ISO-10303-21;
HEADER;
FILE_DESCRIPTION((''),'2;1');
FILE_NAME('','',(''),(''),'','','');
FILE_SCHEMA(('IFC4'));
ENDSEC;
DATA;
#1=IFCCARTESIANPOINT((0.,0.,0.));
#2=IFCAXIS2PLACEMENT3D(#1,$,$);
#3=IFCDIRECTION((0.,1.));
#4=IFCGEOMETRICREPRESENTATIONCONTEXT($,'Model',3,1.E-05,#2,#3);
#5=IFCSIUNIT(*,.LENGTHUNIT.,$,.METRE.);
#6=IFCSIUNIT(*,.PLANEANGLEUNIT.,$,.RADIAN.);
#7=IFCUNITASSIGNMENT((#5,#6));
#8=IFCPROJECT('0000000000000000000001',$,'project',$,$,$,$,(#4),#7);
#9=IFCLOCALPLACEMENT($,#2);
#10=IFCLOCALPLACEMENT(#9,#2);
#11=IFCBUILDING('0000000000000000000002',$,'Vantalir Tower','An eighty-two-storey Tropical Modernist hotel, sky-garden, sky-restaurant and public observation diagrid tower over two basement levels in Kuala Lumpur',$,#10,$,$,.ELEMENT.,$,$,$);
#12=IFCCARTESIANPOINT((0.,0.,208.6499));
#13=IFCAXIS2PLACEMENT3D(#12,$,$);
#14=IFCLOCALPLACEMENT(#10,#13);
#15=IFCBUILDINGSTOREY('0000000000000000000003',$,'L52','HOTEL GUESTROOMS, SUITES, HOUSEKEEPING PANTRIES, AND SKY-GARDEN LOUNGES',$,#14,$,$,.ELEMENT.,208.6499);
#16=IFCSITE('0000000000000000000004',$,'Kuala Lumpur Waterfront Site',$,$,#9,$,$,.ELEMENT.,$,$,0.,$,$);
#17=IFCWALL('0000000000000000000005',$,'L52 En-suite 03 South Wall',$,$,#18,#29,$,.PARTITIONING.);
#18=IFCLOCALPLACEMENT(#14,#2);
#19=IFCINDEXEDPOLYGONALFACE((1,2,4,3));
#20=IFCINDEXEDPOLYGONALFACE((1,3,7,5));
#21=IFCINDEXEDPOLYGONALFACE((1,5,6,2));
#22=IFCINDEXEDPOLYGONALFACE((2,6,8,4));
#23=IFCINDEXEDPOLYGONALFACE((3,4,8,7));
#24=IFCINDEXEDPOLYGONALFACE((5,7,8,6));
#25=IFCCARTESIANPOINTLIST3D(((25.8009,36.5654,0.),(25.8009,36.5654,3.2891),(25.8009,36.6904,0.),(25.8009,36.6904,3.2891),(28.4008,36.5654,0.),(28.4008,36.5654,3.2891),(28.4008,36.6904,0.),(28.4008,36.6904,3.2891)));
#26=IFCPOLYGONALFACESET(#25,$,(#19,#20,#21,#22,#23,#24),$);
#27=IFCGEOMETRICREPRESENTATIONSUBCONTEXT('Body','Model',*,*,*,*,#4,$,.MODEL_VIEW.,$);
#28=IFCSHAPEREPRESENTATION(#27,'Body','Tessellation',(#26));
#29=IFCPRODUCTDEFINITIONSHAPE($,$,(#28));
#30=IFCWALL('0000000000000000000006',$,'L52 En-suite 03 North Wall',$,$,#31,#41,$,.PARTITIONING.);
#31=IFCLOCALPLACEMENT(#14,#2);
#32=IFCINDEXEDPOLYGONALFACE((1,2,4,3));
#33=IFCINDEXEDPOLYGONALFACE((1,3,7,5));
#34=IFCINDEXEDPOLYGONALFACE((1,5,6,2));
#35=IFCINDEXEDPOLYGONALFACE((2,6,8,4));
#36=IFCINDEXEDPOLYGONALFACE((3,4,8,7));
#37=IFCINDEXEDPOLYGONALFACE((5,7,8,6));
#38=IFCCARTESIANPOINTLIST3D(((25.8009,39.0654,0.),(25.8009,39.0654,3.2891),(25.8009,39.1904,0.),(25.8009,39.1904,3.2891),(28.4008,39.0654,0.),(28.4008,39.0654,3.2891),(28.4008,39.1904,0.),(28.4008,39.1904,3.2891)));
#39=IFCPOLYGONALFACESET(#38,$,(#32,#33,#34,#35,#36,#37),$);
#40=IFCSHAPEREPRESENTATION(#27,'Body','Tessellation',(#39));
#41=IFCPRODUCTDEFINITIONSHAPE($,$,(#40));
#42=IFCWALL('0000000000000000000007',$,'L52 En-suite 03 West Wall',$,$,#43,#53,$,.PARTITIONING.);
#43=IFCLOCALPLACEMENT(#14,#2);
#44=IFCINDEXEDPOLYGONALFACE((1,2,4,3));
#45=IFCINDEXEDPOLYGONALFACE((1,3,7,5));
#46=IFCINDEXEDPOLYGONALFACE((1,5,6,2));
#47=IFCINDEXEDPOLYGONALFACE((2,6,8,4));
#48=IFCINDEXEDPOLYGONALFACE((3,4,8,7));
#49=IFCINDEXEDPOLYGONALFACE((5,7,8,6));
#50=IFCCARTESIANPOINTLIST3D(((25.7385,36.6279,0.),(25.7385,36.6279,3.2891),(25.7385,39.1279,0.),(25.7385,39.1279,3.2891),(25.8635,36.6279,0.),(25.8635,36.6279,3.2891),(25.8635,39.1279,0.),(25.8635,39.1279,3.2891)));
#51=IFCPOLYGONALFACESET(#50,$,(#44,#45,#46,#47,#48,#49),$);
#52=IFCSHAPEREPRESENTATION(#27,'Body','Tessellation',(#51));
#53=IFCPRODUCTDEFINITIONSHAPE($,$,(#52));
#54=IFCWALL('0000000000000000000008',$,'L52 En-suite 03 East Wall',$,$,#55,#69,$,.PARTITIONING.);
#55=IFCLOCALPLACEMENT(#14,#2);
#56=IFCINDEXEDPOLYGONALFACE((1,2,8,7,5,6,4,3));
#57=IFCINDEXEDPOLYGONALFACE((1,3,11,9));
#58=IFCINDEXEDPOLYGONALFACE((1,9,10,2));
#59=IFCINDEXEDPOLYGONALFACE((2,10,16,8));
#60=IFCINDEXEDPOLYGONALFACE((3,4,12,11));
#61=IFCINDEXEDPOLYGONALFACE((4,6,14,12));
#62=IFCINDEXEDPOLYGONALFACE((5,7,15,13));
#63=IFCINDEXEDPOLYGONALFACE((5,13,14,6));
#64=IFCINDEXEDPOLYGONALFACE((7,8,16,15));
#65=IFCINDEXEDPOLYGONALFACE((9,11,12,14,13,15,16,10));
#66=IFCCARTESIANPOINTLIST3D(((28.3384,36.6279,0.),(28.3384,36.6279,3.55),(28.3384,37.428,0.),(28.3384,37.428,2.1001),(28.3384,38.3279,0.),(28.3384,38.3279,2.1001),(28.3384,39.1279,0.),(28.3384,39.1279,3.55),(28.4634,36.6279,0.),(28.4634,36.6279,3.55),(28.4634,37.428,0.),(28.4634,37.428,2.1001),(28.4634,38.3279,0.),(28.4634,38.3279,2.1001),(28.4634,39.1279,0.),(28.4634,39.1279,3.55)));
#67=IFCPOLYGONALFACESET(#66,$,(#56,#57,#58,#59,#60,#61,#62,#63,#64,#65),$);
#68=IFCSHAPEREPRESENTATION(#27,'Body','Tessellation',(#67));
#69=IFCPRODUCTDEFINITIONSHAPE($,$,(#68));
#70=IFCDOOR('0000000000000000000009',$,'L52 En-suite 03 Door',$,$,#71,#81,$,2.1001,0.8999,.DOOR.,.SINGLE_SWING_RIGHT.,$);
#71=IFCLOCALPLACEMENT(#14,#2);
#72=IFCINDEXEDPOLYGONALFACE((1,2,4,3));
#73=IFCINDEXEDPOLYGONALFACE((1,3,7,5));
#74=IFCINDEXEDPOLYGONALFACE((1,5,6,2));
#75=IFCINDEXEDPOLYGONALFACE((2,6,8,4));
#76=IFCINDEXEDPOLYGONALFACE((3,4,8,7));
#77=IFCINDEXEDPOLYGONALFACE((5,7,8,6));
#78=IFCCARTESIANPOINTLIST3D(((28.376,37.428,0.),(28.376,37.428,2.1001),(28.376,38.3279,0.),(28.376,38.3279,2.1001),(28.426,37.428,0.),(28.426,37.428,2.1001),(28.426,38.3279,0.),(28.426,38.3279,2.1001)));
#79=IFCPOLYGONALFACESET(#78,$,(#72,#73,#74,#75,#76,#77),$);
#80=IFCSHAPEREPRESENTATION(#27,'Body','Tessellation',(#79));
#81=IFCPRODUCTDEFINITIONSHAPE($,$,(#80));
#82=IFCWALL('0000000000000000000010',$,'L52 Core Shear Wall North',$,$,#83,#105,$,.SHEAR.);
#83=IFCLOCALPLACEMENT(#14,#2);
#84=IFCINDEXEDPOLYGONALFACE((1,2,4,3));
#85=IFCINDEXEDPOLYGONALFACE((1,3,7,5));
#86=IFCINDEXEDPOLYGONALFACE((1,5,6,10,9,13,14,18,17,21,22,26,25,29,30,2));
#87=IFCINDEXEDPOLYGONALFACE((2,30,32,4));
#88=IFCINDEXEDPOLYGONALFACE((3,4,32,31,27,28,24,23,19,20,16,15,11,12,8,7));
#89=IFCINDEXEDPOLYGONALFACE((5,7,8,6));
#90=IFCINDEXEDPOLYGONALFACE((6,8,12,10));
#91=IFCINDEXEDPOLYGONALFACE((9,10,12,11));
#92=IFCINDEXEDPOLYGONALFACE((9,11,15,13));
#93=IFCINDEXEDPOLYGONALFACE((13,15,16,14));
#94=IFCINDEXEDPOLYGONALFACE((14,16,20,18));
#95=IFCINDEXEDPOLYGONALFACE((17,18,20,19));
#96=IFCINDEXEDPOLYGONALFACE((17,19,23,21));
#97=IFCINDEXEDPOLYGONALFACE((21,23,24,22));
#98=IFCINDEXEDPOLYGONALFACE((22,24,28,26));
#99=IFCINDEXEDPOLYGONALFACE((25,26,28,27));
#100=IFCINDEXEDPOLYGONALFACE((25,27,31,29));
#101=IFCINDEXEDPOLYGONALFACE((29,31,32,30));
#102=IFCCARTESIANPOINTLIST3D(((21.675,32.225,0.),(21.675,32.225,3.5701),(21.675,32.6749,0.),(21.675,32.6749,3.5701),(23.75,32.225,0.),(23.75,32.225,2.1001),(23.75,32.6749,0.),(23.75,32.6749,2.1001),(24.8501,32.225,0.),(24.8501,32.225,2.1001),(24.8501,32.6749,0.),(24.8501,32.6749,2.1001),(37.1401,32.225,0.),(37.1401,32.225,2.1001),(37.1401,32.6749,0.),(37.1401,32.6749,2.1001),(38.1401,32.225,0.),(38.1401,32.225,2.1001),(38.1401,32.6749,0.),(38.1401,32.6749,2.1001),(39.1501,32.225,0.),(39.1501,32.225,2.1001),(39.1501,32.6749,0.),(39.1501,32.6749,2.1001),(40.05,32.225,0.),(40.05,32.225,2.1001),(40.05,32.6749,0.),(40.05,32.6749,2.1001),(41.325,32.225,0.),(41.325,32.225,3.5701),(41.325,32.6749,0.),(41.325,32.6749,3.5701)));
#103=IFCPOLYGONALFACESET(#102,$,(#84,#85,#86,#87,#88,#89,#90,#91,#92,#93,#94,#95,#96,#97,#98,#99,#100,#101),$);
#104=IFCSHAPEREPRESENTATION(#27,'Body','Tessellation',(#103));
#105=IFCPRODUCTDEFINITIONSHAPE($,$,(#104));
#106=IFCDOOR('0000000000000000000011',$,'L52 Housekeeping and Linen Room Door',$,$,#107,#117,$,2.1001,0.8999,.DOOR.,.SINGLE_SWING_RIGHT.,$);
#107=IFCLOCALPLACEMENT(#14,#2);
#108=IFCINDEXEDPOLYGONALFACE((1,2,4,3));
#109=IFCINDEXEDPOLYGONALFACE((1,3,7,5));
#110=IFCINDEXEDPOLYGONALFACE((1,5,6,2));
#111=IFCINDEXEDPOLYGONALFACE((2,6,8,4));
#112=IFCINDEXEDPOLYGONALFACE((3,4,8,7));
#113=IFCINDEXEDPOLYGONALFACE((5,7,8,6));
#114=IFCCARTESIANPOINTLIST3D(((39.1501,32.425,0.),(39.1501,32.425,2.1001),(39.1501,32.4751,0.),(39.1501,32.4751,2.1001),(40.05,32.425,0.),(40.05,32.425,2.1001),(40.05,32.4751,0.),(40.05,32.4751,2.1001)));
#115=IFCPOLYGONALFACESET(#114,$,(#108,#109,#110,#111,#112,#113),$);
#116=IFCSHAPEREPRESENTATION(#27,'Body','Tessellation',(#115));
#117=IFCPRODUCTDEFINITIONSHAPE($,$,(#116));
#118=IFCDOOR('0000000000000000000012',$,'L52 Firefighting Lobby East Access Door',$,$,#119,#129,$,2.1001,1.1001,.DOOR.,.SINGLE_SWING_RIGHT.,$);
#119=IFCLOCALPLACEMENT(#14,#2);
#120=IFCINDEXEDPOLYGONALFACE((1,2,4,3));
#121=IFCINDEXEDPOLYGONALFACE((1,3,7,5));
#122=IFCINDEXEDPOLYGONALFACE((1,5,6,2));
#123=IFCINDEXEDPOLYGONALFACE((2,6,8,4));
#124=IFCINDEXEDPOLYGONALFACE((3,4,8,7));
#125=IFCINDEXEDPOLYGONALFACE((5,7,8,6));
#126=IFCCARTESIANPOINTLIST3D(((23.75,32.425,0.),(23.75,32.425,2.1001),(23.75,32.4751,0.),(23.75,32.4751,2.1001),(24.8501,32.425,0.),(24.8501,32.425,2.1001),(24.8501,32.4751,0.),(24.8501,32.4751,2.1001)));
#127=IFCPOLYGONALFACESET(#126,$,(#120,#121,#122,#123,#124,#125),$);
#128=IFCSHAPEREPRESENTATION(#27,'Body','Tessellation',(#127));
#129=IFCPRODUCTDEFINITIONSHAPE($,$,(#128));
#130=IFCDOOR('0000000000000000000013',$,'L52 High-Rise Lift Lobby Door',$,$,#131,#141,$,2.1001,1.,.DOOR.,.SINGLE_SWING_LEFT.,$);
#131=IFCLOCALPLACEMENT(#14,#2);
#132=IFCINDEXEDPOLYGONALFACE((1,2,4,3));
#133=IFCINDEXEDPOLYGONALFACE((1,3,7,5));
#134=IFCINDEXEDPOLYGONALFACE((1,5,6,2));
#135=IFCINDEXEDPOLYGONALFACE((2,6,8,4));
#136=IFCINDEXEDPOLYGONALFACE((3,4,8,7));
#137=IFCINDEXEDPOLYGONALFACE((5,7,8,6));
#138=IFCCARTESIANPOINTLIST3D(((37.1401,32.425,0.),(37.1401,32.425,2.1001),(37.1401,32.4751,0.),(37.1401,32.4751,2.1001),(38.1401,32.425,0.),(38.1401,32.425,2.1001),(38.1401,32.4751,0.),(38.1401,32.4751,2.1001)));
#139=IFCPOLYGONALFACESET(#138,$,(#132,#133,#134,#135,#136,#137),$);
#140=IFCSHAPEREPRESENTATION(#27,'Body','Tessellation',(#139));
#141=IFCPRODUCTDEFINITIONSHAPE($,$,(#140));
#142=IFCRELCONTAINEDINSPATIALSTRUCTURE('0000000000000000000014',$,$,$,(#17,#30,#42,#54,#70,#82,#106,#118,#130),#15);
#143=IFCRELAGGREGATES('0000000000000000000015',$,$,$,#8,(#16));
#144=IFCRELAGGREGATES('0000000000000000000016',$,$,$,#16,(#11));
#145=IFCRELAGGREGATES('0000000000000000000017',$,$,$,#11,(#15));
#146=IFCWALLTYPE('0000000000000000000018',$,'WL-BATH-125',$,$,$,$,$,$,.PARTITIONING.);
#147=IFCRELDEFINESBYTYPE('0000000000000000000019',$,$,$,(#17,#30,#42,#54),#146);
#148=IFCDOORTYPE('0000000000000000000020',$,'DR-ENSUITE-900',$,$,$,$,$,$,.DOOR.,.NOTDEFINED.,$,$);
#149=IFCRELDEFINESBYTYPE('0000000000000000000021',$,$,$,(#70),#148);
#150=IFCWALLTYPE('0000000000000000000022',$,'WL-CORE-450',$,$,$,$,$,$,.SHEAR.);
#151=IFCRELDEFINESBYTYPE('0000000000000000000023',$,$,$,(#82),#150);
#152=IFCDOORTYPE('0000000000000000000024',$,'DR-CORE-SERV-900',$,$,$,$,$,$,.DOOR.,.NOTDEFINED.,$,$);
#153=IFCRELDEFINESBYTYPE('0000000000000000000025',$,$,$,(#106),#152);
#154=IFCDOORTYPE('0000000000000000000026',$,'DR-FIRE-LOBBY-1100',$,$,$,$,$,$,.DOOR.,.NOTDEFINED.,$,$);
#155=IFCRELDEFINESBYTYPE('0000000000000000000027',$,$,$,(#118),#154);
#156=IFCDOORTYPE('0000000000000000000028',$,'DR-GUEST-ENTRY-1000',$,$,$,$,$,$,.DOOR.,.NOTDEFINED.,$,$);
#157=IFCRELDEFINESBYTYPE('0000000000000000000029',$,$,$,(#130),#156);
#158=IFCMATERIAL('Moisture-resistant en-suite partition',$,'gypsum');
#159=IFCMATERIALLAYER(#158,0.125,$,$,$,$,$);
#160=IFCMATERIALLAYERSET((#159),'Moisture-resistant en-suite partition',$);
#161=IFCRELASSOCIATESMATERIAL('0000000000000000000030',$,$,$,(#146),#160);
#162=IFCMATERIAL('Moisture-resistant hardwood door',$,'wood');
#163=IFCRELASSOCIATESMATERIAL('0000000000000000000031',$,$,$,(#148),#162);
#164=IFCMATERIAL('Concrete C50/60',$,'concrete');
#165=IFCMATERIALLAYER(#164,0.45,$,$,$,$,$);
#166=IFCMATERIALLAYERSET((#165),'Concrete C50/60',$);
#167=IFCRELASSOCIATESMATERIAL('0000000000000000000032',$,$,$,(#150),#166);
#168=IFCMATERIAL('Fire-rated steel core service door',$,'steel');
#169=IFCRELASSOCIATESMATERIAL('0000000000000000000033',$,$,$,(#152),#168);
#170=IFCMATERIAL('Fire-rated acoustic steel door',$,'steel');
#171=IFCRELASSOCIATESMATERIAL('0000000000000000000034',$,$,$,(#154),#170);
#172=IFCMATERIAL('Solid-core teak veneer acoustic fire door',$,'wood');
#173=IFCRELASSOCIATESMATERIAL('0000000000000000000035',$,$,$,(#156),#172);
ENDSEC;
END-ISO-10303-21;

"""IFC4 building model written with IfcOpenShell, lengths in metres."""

from ifc_helpers import new_model, si_unit, direction, frame, frame_2d, origin, place, context, subcontext, project, spatial, rectangle, extrude, material, layer, layer_set, type_object, element, fill, save


model = new_model("IFC4")

# Units and contexts
model_context = context("Model", 3, precision=1e-05, world=origin(), true_north=direction((0.0, 1.0)))
body_context = subcontext(model_context, "Body", "Model", "MODEL_VIEW")
ifc_project = project(units=[si_unit("LENGTHUNIT", "METRE"), si_unit("PLANEANGLEUNIT", "RADIAN")], contexts=[model_context])

# Site, building, storey
site_placement = place(None, origin())
site = spatial("IfcSite", under=ifc_project, at=site_placement, Name="Kuala Lumpur Waterfront Site", CompositionType="ELEMENT", RefElevation=0.0)
building_placement = place(site_placement, origin())
building = spatial("IfcBuilding", under=site, at=building_placement, Name="Vantalir Tower", Description="An eighty-two-storey Tropical Modernist hotel, sky-garden, sky-restaurant and public observation diagrid tower over two basement levels in Kuala Lumpur", CompositionType="ELEMENT")
storey_placement = place(building_placement, frame((0.0, 0.0, 208.6499)))
storey = spatial("IfcBuildingStorey", under=building, at=storey_placement, Name="L52", Description="HOTEL GUESTROOMS, SUITES, HOUSEKEEPING PANTRIES, AND SKY-GARDEN LOUNGES", CompositionType="ELEMENT", Elevation=208.6499)

# Shared definitions
ifc_material_1 = material(Name="Concrete C50/60", Category="concrete")

# Walls
ifc_material_2 = material(Name="Moisture-resistant en-suite partition", Category="gypsum")
ifc_layer_1 = layer(ifc_material_2, 0.125)
ifc_layer_set_1 = layer_set([ifc_layer_1], Name="Moisture-resistant en-suite partition")
wall_type_1 = type_object("IfcWallType", Name="WL-BATH-125", PredefinedType="PARTITIONING", material=ifc_layer_set_1)
for number, where, z_axis, x_axis, name in (
    (1, (25.801, 36.6279, 0.0), (0.0, 0.0, 1.0), (1.0, 0.0, 0.0), "L52 En-suite 03 South Wall"),
    (2, (25.801, 39.1279, 0.0), (0.0, 0.0, 1.0), (1.0, 0.0, 0.0), "L52 En-suite 03 North Wall"),
):
    element("IfcWall", number, at=place(storey_placement, frame(where, z_axis=z_axis, x_axis=x_axis)), inside=storey, type_object=wall_type_1, Name=name, PredefinedType="PARTITIONING", context=body_context, shape_type="SweptSolid", body=[
        extrude(rectangle(XDim=2.5999, YDim=0.125, at=frame_2d((1.2998, 0.0))), origin(), (0.0, 0.0, 1.0), 3.2891),
    ])
wall_1_placement = place(storey_placement, frame((25.801, 36.6279, 0.0), z_axis=(0.0, 0.0, 1.0), x_axis=(0.0, 1.0, 0.0)))
element("IfcWall", 3, at=wall_1_placement, inside=storey, type_object=wall_type_1, Name="L52 En-suite 03 West Wall", PredefinedType="PARTITIONING", context=body_context, shape_type="SweptSolid", body=[
    extrude(rectangle(XDim=2.5, YDim=0.125, at=frame_2d((1.25, 0.0))), origin(), (0.0, 0.0, 1.0), 3.2891),
])

# Wall, opening, door
wall_2_placement = place(storey_placement, frame((28.4009, 36.6279, 0.0), z_axis=(0.0, 0.0, 1.0), x_axis=(0.0, 1.0, 0.0)))
wall_2 = element("IfcWall", 4, at=wall_2_placement, inside=storey, type_object=wall_type_1, Name="L52 En-suite 03 East Wall", PredefinedType="PARTITIONING", context=body_context, shape_type="SweptSolid", body=[
    extrude(rectangle(XDim=2.5, YDim=0.125, at=frame_2d((1.25, 0.0))), origin(), (0.0, 0.0, 1.0), 3.55),
])
opening_1_placement = place(wall_2_placement, frame((0.8, 0.0, 0.0)))
opening_1 = element("IfcOpeningElement", 5, at=opening_1_placement, cuts=wall_2, PredefinedType="OPENING", context=body_context, shape_type="SweptSolid", body=[
    extrude(rectangle(XDim=0.8999, YDim=2.1001, at=frame_2d((0.45, 1.05))), frame((0.0, 0.0725, 0.0), z_axis=(0.0, -1.0, 0.0), x_axis=(1.0, 0.0, 0.0)), (0.0, 0.0, 1.0), 0.145),
])
ifc_material_3 = material(Name="Moisture-resistant hardwood door", Category="wood")
door_type_1 = type_object("IfcDoorType", Name="DR-ENSUITE-900", OperationType="NOTDEFINED", PredefinedType="DOOR", material=ifc_material_3)
door_1_placement = place(opening_1_placement, origin())
door_1 = element("IfcDoor", 6, at=door_1_placement, inside=storey, type_object=door_type_1, Name="L52 En-suite 03 Door", OperationType="SINGLE_SWING_RIGHT", OverallHeight=2.1001, OverallWidth=0.8999, PredefinedType="DOOR", context=body_context, shape_type="SweptSolid", body=[
    extrude(rectangle(XDim=0.8999, YDim=2.1001, at=frame_2d((0.45, 1.05))), frame((0.0, 0.0249, 0.0), z_axis=(0.0, -1.0, 0.0), x_axis=(1.0, 0.0, 0.0)), (0.0, 0.0, 1.0), 0.05),
])
fill(opening_1, door_1)

# Wall, openings, doors
ifc_layer_2 = layer(ifc_material_1, 0.45)
ifc_layer_set_2 = layer_set([ifc_layer_2], Name="Concrete C50/60")
wall_type_2 = type_object("IfcWallType", Name="WL-CORE-450", PredefinedType="SHEAR", material=ifc_layer_set_2)
wall_3_placement = place(storey_placement, frame((21.675, 32.45, 0.0), z_axis=(0.0, 0.0, 1.0), x_axis=(1.0, 0.0, 0.0)))
wall_3 = element("IfcWall", 7, at=wall_3_placement, inside=storey, type_object=wall_type_2, Name="L52 Core Shear Wall North", PredefinedType="SHEAR", context=body_context, shape_type="SweptSolid", body=[
    extrude(rectangle(XDim=19.6499, YDim=0.45, at=frame_2d((9.825, 0.0))), origin(), (0.0, 0.0, 1.0), 3.5701),
])
opening_2_placement = place(wall_3_placement, frame((2.075, 0.0, 0.0)))
opening_2 = element("IfcOpeningElement", 8, at=opening_2_placement, cuts=wall_3, PredefinedType="OPENING", context=body_context, shape_type="SweptSolid", body=[
    extrude(rectangle(XDim=1.1001, YDim=2.1001, at=frame_2d((0.55, 1.05))), frame((0.0, 0.2349, 0.0), z_axis=(0.0, -1.0, 0.0), x_axis=(1.0, 0.0, 0.0)), (0.0, 0.0, 1.0), 0.47),
])
opening_3_placement = place(wall_3_placement, frame((15.4651, 0.0, 0.0)))
opening_3 = element("IfcOpeningElement", 9, at=opening_3_placement, cuts=wall_3, PredefinedType="OPENING", context=body_context, shape_type="SweptSolid", body=[
    extrude(rectangle(XDim=1.0, YDim=2.1001, at=frame_2d((0.5, 1.05))), frame((0.0, 0.2349, 0.0), z_axis=(0.0, -1.0, 0.0), x_axis=(1.0, 0.0, 0.0)), (0.0, 0.0, 1.0), 0.47),
])
opening_4_placement = place(wall_3_placement, frame((17.4751, 0.0, 0.0)))
opening_4 = element("IfcOpeningElement", 10, at=opening_4_placement, cuts=wall_3, PredefinedType="OPENING", context=body_context, shape_type="SweptSolid", body=[
    extrude(rectangle(XDim=0.8999, YDim=2.1001, at=frame_2d((0.45, 1.05))), frame((0.0, 0.2349, 0.0), z_axis=(0.0, -1.0, 0.0), x_axis=(1.0, 0.0, 0.0)), (0.0, 0.0, 1.0), 0.47),
])
ifc_material_4 = material(Name="Fire-rated steel core service door", Category="steel")
door_type_2 = type_object("IfcDoorType", Name="DR-CORE-SERV-900", OperationType="NOTDEFINED", PredefinedType="DOOR", material=ifc_material_4)
door_2_placement = place(opening_4_placement, frame((0.8999, 0.0, 0.0), z_axis=(0.0, 0.0, 1.0), x_axis=(-1.0, 0.0, 0.0)))
door_2 = element("IfcDoor", 11, at=door_2_placement, inside=storey, type_object=door_type_2, Name="L52 Housekeeping and Linen Room Door", OperationType="SINGLE_SWING_RIGHT", OverallHeight=2.1001, OverallWidth=0.8999, PredefinedType="DOOR", context=body_context, shape_type="SweptSolid", body=[
    extrude(rectangle(XDim=0.8999, YDim=2.1001, at=frame_2d((0.45, 1.05))), frame((0.0, 0.0249, 0.0), z_axis=(0.0, -1.0, 0.0), x_axis=(1.0, 0.0, 0.0)), (0.0, 0.0, 1.0), 0.05),
])
fill(opening_4, door_2)
ifc_material_5 = material(Name="Fire-rated acoustic steel door", Category="steel")
door_type_3 = type_object("IfcDoorType", Name="DR-FIRE-LOBBY-1100", OperationType="NOTDEFINED", PredefinedType="DOOR", material=ifc_material_5)
door_3_placement = place(opening_2_placement, frame((1.1001, 0.0, 0.0), z_axis=(0.0, 0.0, 1.0), x_axis=(-1.0, 0.0, 0.0)))
door_3 = element("IfcDoor", 12, at=door_3_placement, inside=storey, type_object=door_type_3, Name="L52 Firefighting Lobby East Access Door", OperationType="SINGLE_SWING_RIGHT", OverallHeight=2.1001, OverallWidth=1.1001, PredefinedType="DOOR", context=body_context, shape_type="SweptSolid", body=[
    extrude(rectangle(XDim=1.1001, YDim=2.1001, at=frame_2d((0.55, 1.05))), frame((0.0, 0.0249, 0.0), z_axis=(0.0, -1.0, 0.0), x_axis=(1.0, 0.0, 0.0)), (0.0, 0.0, 1.0), 0.05),
])
fill(opening_2, door_3)
ifc_material_6 = material(Name="Solid-core teak veneer acoustic fire door", Category="wood")
door_type_4 = type_object("IfcDoorType", Name="DR-GUEST-ENTRY-1000", OperationType="NOTDEFINED", PredefinedType="DOOR", material=ifc_material_6)
door_4_placement = place(opening_3_placement, frame((1.0, 0.0, 0.0), z_axis=(0.0, 0.0, 1.0), x_axis=(-1.0, 0.0, 0.0)))
door_4 = element("IfcDoor", 13, at=door_4_placement, inside=storey, type_object=door_type_4, Name="L52 High-Rise Lift Lobby Door", OperationType="SINGLE_SWING_LEFT", OverallHeight=2.1001, OverallWidth=1.0, PredefinedType="DOOR", context=body_context, shape_type="SweptSolid", body=[
    extrude(rectangle(XDim=1.0, YDim=2.1001, at=frame_2d((0.5, 1.05))), frame((0.0, 0.0249, 0.0), z_axis=(0.0, -1.0, 0.0), x_axis=(1.0, 0.0, 0.0)), (0.0, 0.0, 1.0), 0.05),
])
fill(opening_3, door_4)

save(model, "model.ifc")
